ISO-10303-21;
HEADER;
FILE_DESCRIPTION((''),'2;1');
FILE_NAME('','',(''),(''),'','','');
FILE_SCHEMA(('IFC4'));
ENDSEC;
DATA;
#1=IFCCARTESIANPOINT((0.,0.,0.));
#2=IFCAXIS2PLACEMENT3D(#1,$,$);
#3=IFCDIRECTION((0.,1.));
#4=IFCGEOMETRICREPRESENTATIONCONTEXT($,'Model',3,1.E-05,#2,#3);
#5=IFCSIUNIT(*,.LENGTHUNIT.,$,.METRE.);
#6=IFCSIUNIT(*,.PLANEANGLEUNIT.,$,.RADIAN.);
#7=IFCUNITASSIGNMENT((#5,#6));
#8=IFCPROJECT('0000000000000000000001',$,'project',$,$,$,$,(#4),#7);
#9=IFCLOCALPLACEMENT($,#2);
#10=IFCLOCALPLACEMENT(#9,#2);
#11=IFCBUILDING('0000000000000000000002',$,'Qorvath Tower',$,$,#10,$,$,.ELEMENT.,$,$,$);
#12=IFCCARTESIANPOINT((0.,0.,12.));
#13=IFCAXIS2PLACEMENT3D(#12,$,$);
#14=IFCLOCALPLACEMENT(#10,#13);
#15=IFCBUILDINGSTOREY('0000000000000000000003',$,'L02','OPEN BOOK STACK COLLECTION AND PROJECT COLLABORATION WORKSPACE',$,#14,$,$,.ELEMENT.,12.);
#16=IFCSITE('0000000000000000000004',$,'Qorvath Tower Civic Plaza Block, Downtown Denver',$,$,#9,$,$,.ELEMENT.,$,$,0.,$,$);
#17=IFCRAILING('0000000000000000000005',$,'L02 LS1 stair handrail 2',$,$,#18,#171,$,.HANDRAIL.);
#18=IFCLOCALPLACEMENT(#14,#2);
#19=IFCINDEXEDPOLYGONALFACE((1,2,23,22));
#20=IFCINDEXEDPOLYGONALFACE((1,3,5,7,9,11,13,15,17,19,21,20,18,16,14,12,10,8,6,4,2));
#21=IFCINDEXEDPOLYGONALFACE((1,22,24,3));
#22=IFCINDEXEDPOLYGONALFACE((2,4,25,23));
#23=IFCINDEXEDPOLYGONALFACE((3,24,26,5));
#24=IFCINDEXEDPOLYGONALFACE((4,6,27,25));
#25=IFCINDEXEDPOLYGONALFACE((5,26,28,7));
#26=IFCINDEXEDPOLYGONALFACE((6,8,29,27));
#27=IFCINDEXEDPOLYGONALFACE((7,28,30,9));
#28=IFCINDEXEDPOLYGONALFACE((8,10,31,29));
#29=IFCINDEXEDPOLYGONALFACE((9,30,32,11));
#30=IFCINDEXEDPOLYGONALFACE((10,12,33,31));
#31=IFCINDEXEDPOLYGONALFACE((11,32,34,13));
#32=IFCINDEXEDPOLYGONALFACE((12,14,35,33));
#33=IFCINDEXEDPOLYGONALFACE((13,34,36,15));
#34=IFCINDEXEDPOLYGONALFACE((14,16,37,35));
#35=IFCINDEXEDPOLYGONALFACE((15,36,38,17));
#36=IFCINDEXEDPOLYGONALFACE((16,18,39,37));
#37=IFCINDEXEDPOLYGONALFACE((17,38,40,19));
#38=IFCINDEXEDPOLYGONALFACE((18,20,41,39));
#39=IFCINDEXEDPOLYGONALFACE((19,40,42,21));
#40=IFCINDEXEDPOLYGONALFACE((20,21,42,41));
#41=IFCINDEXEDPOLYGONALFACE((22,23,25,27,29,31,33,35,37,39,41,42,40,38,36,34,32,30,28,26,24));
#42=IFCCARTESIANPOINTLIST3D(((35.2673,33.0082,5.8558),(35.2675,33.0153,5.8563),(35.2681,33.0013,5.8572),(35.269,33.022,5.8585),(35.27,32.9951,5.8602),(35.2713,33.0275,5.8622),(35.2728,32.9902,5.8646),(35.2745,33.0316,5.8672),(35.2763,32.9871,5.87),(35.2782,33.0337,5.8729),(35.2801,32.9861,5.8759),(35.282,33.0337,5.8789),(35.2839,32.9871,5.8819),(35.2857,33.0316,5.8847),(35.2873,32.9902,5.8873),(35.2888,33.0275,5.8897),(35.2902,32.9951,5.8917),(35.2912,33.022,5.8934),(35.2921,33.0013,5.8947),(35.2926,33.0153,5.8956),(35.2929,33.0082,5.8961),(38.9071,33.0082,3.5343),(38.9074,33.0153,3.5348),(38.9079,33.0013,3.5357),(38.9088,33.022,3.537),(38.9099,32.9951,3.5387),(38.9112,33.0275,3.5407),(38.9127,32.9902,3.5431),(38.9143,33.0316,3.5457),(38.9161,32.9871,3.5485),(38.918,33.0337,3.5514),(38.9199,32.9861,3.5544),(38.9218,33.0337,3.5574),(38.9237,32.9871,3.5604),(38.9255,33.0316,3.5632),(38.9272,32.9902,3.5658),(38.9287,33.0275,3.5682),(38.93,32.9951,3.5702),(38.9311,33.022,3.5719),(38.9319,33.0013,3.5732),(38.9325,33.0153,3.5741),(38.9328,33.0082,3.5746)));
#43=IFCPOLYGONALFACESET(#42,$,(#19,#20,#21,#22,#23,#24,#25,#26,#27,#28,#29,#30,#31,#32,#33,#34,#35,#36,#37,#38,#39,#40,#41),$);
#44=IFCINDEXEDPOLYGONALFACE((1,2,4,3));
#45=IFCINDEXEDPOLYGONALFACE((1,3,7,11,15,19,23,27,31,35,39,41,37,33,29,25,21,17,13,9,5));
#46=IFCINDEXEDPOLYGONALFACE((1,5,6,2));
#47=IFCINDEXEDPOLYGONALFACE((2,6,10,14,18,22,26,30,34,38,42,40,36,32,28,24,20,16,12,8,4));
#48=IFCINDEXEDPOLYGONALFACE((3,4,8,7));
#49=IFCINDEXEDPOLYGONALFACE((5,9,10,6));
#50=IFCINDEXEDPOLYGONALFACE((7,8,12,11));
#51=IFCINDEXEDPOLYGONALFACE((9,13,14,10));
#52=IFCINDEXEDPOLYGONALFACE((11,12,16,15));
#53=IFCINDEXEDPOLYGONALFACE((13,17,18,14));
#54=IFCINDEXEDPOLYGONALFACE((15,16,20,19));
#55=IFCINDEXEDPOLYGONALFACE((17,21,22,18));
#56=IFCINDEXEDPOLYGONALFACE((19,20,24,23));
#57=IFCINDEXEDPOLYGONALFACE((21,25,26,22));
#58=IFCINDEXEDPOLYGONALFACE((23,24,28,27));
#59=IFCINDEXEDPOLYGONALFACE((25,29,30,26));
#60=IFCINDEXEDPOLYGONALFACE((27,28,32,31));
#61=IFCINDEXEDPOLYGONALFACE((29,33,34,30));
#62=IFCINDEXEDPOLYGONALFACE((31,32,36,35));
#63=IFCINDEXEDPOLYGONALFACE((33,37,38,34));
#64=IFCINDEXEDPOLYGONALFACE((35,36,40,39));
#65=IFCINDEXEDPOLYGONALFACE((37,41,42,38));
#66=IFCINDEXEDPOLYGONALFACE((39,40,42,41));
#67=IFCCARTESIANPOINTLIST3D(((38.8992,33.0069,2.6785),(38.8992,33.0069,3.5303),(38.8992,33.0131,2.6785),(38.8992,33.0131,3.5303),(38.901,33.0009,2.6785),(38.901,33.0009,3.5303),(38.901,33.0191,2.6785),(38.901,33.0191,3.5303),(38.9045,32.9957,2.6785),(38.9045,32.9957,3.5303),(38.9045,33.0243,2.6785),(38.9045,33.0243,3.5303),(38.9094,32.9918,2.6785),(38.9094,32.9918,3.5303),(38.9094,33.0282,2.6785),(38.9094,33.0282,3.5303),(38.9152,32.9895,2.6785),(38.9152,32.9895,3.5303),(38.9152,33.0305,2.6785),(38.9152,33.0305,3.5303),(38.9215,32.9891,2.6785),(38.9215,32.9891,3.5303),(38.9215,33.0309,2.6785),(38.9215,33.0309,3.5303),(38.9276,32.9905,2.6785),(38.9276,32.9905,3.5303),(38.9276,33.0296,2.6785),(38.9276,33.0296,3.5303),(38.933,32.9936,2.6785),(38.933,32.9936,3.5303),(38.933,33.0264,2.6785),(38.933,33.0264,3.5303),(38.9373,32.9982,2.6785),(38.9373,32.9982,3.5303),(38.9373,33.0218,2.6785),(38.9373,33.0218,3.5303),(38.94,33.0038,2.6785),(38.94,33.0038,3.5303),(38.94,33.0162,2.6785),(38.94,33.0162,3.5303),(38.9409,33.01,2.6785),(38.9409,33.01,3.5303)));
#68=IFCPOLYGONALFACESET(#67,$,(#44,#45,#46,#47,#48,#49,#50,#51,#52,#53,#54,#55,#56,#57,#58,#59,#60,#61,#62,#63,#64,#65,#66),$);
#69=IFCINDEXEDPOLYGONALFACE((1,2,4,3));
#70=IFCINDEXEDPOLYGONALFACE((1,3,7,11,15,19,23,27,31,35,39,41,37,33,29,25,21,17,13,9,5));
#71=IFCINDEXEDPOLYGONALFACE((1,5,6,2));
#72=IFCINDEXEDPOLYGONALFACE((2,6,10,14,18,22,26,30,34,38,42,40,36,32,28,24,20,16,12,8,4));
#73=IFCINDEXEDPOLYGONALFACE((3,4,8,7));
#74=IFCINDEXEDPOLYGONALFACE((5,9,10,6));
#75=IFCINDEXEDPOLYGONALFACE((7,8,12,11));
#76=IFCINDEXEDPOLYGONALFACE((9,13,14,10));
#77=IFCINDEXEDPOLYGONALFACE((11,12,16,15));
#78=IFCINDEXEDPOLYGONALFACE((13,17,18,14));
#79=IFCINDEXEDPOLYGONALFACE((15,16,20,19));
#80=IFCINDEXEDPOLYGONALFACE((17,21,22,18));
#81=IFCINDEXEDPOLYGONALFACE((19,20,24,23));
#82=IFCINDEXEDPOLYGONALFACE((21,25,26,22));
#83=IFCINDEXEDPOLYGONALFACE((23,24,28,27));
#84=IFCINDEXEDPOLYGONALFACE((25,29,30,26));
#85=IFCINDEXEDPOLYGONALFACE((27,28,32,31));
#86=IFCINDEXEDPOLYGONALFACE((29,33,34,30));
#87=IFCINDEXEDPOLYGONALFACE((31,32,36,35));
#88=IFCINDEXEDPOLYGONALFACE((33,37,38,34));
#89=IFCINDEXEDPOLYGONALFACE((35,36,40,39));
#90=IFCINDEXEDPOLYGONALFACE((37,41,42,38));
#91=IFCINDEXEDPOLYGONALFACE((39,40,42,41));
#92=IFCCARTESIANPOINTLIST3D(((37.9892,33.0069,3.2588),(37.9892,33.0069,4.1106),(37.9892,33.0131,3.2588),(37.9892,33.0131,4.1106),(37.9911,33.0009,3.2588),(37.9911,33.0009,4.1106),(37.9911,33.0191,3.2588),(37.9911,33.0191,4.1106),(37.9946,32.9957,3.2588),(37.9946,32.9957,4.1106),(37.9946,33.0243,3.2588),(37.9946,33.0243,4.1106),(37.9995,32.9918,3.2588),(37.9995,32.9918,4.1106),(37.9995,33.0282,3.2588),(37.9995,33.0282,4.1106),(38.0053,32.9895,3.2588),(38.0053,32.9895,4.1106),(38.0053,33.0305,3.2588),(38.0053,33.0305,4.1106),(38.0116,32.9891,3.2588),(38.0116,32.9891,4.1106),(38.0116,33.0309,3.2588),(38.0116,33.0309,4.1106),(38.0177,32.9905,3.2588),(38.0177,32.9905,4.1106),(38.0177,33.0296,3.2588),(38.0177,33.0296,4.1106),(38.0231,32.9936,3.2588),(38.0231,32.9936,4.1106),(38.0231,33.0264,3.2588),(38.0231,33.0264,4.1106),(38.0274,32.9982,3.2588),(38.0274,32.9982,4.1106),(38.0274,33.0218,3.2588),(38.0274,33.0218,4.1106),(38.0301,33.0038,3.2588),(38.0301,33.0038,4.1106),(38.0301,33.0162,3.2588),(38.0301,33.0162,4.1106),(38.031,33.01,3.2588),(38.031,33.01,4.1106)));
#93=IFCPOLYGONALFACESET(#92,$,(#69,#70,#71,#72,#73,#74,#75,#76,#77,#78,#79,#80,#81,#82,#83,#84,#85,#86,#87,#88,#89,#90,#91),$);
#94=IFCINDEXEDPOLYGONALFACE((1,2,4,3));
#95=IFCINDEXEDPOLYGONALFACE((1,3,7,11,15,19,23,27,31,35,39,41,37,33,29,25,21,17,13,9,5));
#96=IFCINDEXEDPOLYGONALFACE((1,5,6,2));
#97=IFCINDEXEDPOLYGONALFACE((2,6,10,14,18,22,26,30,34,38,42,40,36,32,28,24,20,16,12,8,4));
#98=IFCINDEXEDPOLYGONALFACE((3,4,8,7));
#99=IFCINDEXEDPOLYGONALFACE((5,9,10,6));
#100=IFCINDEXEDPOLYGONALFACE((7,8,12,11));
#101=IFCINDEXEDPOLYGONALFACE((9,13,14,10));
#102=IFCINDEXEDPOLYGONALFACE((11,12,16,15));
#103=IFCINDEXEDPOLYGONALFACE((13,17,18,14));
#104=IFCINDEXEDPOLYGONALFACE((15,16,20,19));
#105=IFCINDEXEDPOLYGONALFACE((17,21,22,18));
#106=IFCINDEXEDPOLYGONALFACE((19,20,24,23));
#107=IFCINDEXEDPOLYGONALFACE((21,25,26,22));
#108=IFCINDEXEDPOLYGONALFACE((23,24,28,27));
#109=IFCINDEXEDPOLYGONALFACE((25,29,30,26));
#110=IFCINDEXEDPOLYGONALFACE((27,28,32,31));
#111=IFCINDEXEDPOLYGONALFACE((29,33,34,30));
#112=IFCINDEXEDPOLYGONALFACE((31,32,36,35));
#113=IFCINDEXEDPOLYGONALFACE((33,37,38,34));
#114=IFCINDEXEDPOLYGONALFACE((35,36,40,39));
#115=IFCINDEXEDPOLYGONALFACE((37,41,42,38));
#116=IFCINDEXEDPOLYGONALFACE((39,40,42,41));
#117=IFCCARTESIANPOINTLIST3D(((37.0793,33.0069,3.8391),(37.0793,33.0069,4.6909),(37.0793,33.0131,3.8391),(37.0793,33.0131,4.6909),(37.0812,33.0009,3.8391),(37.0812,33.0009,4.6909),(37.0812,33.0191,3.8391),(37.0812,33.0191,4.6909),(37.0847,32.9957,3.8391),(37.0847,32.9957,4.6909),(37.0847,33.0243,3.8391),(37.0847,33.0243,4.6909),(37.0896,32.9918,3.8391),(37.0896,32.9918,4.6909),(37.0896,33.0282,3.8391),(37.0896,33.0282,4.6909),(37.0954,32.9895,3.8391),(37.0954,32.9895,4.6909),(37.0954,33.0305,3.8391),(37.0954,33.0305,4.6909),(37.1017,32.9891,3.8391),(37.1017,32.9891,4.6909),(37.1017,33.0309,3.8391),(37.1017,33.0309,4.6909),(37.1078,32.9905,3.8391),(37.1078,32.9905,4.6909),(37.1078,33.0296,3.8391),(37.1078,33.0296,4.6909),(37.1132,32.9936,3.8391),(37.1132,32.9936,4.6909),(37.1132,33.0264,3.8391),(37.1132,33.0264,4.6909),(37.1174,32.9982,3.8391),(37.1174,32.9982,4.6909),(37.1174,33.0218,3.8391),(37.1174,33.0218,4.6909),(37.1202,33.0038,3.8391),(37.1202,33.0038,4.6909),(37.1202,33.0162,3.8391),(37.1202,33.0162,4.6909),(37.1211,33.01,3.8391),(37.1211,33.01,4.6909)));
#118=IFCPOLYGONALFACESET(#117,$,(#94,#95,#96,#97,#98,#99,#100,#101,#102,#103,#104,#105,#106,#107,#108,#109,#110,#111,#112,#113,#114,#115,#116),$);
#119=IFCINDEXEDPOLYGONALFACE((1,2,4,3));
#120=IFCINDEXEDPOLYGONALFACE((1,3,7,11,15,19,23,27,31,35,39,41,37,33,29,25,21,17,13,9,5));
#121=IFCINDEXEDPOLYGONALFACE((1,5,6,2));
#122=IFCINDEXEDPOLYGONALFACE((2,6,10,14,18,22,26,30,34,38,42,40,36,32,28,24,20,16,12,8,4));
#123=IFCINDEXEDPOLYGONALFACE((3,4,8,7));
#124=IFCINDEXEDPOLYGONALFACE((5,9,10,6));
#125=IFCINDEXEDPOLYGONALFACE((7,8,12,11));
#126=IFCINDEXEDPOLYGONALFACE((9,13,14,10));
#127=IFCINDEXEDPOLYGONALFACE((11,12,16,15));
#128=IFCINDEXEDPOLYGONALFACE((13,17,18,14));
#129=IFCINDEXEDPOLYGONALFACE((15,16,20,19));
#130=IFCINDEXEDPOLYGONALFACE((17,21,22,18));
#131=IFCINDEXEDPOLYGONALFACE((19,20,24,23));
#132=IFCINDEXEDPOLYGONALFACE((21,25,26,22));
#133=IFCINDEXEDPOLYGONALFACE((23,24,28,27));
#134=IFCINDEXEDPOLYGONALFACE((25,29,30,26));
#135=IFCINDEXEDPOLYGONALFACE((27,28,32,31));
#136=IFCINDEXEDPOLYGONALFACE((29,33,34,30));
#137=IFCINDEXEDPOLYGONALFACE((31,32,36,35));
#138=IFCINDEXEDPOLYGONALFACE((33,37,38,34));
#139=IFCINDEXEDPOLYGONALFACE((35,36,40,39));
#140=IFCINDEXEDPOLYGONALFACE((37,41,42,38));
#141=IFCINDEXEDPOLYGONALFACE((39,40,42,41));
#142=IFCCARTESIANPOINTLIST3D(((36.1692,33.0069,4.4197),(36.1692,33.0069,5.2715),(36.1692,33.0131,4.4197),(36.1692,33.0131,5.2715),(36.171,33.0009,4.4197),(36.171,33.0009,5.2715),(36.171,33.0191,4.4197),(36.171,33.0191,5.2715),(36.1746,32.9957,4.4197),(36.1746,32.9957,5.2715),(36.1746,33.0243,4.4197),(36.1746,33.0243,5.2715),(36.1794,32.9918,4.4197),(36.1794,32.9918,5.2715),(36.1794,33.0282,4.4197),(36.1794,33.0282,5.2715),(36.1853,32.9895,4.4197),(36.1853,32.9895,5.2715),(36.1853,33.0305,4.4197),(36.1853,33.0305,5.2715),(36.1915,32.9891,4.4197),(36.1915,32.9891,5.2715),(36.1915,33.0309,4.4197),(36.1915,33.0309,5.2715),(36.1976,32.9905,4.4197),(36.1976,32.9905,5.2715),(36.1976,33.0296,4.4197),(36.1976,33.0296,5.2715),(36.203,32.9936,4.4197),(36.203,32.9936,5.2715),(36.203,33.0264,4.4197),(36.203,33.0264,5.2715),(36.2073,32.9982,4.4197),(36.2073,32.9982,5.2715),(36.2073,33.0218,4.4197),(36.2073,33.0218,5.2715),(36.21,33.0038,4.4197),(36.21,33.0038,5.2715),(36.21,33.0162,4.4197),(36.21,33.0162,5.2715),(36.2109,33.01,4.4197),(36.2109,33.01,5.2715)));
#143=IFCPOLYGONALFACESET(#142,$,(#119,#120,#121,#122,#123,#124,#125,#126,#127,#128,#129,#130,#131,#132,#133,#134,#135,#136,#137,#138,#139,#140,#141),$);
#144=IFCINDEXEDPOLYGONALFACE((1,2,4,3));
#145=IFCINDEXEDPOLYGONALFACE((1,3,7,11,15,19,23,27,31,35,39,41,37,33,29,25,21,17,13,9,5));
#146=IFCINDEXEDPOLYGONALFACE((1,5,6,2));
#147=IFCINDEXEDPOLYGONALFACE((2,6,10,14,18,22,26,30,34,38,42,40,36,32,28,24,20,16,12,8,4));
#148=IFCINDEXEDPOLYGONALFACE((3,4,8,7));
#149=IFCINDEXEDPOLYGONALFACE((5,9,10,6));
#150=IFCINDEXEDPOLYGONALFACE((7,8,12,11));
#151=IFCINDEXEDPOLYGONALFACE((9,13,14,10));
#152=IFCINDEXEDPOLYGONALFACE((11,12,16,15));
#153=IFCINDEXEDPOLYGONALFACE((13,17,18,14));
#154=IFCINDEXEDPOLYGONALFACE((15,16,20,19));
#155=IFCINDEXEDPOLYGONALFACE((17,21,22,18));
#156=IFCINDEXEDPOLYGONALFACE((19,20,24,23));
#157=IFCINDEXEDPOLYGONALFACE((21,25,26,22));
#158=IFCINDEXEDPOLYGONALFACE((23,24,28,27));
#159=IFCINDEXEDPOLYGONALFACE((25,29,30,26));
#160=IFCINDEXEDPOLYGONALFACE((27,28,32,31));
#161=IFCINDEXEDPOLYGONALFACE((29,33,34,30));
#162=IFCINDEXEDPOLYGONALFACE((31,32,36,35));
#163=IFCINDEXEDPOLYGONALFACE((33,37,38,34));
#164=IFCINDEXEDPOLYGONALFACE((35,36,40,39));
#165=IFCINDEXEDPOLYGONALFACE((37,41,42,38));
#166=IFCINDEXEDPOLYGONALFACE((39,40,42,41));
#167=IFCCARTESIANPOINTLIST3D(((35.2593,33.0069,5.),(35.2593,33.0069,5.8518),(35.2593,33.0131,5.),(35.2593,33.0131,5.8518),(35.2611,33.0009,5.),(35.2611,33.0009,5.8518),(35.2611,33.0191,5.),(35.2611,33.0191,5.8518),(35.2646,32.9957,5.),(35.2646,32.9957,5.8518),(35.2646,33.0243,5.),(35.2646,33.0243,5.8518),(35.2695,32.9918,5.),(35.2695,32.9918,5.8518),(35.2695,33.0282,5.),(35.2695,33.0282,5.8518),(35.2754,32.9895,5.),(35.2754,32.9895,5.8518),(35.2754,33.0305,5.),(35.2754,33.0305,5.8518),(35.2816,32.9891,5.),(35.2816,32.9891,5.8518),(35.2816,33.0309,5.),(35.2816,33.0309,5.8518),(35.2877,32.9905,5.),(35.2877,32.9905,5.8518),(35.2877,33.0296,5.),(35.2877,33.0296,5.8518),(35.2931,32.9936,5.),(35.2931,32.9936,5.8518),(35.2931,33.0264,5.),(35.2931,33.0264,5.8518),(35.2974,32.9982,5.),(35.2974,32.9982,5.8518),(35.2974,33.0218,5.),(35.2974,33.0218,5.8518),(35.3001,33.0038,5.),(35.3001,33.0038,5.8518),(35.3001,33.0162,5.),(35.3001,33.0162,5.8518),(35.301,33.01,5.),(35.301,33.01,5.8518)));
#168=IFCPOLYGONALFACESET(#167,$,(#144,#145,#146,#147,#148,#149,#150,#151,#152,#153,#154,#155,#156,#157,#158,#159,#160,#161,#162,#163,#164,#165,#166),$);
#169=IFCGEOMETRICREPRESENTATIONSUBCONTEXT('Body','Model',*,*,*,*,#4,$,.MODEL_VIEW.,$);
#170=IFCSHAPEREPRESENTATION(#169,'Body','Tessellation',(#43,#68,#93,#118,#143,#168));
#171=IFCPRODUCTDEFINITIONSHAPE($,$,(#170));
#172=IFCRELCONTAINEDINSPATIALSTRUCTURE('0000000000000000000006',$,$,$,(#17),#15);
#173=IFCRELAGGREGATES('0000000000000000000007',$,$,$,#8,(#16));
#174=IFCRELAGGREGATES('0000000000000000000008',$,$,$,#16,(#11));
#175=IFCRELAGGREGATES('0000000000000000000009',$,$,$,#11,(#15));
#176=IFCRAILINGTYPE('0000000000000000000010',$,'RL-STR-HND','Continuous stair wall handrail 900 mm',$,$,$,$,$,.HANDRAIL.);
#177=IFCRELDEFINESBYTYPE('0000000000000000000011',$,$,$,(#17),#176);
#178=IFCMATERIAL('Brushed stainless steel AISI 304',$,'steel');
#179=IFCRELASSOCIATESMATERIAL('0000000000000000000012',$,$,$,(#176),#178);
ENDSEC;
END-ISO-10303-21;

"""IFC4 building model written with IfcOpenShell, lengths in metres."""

from ifc_helpers import new_model, si_unit, direction, frame, origin, origin_2d, place, context, subcontext, project, spatial, circle, extrude, material, type_object, element, save


model = new_model("IFC4")

# Units and contexts
model_context = context("Model", 3, precision=1e-05, world=origin(), true_north=direction((0.0, 1.0)))
body_context = subcontext(model_context, "Body", "Model", "MODEL_VIEW")
ifc_project = project(units=[si_unit("LENGTHUNIT", "METRE"), si_unit("PLANEANGLEUNIT", "RADIAN")], contexts=[model_context])

# Site, building, storey
site_placement = place(None, origin())
site = spatial("IfcSite", under=ifc_project, at=site_placement, Name="Qorvath Tower Civic Plaza Block, Downtown Denver", CompositionType="ELEMENT", RefElevation=0.0)
building_placement = place(site_placement, origin())
building = spatial("IfcBuilding", under=site, at=building_placement, Name="Qorvath Tower", CompositionType="ELEMENT")
storey_placement = place(building_placement, frame((0.0, 0.0, 12.0)))
storey = spatial("IfcBuildingStorey", under=building, at=storey_placement, Name="L02", Description="OPEN BOOK STACK COLLECTION AND PROJECT COLLABORATION WORKSPACE", CompositionType="ELEMENT", Elevation=12.0)

# Railing
ifc_material_1 = material(Name="Brushed stainless steel AISI 304", Category="steel")
railing_type_1 = type_object("IfcRailingType", Name="RL-STR-HND", Description="Continuous stair wall handrail 900 mm", PredefinedType="HANDRAIL", material=ifc_material_1)
railing_1_placement = place(storey_placement, frame((38.9199, 33.01, 2.6785)))
element("IfcRailing", 1, at=railing_1_placement, inside=storey, type_object=railing_type_1, Name="L02 LS1 stair handrail 2", PredefinedType="HANDRAIL", context=body_context, shape_type="SweptSolid", body=[
    extrude(circle(Radius=0.0239, at=origin_2d()), frame((0.0, 0.0, 0.876), z_axis=(-0.843112, 0.0, 0.537739), x_axis=(0.0, -1.0, 0.0)), (0.0, 0.0, 1.0), 4.3171),
    extrude(circle(Radius=0.021, at=origin_2d()), origin(), (0.0, 0.0, 1.0), 0.8518),
    extrude(circle(Radius=0.021, at=origin_2d()), frame((-0.9099, 0.0, 0.5803)), (0.0, 0.0, 1.0), 0.8518),
    extrude(circle(Radius=0.021, at=origin_2d()), frame((-1.8198, 0.0, 1.1606)), (0.0, 0.0, 1.0), 0.8518),
    extrude(circle(Radius=0.021, at=origin_2d()), frame((-2.73, 0.0, 1.7412)), (0.0, 0.0, 1.0), 0.8518),
    extrude(circle(Radius=0.021, at=origin_2d()), frame((-3.6399, 0.0, 2.3215)), (0.0, 0.0, 1.0), 0.8518),
])

save(model, "model.ifc")
